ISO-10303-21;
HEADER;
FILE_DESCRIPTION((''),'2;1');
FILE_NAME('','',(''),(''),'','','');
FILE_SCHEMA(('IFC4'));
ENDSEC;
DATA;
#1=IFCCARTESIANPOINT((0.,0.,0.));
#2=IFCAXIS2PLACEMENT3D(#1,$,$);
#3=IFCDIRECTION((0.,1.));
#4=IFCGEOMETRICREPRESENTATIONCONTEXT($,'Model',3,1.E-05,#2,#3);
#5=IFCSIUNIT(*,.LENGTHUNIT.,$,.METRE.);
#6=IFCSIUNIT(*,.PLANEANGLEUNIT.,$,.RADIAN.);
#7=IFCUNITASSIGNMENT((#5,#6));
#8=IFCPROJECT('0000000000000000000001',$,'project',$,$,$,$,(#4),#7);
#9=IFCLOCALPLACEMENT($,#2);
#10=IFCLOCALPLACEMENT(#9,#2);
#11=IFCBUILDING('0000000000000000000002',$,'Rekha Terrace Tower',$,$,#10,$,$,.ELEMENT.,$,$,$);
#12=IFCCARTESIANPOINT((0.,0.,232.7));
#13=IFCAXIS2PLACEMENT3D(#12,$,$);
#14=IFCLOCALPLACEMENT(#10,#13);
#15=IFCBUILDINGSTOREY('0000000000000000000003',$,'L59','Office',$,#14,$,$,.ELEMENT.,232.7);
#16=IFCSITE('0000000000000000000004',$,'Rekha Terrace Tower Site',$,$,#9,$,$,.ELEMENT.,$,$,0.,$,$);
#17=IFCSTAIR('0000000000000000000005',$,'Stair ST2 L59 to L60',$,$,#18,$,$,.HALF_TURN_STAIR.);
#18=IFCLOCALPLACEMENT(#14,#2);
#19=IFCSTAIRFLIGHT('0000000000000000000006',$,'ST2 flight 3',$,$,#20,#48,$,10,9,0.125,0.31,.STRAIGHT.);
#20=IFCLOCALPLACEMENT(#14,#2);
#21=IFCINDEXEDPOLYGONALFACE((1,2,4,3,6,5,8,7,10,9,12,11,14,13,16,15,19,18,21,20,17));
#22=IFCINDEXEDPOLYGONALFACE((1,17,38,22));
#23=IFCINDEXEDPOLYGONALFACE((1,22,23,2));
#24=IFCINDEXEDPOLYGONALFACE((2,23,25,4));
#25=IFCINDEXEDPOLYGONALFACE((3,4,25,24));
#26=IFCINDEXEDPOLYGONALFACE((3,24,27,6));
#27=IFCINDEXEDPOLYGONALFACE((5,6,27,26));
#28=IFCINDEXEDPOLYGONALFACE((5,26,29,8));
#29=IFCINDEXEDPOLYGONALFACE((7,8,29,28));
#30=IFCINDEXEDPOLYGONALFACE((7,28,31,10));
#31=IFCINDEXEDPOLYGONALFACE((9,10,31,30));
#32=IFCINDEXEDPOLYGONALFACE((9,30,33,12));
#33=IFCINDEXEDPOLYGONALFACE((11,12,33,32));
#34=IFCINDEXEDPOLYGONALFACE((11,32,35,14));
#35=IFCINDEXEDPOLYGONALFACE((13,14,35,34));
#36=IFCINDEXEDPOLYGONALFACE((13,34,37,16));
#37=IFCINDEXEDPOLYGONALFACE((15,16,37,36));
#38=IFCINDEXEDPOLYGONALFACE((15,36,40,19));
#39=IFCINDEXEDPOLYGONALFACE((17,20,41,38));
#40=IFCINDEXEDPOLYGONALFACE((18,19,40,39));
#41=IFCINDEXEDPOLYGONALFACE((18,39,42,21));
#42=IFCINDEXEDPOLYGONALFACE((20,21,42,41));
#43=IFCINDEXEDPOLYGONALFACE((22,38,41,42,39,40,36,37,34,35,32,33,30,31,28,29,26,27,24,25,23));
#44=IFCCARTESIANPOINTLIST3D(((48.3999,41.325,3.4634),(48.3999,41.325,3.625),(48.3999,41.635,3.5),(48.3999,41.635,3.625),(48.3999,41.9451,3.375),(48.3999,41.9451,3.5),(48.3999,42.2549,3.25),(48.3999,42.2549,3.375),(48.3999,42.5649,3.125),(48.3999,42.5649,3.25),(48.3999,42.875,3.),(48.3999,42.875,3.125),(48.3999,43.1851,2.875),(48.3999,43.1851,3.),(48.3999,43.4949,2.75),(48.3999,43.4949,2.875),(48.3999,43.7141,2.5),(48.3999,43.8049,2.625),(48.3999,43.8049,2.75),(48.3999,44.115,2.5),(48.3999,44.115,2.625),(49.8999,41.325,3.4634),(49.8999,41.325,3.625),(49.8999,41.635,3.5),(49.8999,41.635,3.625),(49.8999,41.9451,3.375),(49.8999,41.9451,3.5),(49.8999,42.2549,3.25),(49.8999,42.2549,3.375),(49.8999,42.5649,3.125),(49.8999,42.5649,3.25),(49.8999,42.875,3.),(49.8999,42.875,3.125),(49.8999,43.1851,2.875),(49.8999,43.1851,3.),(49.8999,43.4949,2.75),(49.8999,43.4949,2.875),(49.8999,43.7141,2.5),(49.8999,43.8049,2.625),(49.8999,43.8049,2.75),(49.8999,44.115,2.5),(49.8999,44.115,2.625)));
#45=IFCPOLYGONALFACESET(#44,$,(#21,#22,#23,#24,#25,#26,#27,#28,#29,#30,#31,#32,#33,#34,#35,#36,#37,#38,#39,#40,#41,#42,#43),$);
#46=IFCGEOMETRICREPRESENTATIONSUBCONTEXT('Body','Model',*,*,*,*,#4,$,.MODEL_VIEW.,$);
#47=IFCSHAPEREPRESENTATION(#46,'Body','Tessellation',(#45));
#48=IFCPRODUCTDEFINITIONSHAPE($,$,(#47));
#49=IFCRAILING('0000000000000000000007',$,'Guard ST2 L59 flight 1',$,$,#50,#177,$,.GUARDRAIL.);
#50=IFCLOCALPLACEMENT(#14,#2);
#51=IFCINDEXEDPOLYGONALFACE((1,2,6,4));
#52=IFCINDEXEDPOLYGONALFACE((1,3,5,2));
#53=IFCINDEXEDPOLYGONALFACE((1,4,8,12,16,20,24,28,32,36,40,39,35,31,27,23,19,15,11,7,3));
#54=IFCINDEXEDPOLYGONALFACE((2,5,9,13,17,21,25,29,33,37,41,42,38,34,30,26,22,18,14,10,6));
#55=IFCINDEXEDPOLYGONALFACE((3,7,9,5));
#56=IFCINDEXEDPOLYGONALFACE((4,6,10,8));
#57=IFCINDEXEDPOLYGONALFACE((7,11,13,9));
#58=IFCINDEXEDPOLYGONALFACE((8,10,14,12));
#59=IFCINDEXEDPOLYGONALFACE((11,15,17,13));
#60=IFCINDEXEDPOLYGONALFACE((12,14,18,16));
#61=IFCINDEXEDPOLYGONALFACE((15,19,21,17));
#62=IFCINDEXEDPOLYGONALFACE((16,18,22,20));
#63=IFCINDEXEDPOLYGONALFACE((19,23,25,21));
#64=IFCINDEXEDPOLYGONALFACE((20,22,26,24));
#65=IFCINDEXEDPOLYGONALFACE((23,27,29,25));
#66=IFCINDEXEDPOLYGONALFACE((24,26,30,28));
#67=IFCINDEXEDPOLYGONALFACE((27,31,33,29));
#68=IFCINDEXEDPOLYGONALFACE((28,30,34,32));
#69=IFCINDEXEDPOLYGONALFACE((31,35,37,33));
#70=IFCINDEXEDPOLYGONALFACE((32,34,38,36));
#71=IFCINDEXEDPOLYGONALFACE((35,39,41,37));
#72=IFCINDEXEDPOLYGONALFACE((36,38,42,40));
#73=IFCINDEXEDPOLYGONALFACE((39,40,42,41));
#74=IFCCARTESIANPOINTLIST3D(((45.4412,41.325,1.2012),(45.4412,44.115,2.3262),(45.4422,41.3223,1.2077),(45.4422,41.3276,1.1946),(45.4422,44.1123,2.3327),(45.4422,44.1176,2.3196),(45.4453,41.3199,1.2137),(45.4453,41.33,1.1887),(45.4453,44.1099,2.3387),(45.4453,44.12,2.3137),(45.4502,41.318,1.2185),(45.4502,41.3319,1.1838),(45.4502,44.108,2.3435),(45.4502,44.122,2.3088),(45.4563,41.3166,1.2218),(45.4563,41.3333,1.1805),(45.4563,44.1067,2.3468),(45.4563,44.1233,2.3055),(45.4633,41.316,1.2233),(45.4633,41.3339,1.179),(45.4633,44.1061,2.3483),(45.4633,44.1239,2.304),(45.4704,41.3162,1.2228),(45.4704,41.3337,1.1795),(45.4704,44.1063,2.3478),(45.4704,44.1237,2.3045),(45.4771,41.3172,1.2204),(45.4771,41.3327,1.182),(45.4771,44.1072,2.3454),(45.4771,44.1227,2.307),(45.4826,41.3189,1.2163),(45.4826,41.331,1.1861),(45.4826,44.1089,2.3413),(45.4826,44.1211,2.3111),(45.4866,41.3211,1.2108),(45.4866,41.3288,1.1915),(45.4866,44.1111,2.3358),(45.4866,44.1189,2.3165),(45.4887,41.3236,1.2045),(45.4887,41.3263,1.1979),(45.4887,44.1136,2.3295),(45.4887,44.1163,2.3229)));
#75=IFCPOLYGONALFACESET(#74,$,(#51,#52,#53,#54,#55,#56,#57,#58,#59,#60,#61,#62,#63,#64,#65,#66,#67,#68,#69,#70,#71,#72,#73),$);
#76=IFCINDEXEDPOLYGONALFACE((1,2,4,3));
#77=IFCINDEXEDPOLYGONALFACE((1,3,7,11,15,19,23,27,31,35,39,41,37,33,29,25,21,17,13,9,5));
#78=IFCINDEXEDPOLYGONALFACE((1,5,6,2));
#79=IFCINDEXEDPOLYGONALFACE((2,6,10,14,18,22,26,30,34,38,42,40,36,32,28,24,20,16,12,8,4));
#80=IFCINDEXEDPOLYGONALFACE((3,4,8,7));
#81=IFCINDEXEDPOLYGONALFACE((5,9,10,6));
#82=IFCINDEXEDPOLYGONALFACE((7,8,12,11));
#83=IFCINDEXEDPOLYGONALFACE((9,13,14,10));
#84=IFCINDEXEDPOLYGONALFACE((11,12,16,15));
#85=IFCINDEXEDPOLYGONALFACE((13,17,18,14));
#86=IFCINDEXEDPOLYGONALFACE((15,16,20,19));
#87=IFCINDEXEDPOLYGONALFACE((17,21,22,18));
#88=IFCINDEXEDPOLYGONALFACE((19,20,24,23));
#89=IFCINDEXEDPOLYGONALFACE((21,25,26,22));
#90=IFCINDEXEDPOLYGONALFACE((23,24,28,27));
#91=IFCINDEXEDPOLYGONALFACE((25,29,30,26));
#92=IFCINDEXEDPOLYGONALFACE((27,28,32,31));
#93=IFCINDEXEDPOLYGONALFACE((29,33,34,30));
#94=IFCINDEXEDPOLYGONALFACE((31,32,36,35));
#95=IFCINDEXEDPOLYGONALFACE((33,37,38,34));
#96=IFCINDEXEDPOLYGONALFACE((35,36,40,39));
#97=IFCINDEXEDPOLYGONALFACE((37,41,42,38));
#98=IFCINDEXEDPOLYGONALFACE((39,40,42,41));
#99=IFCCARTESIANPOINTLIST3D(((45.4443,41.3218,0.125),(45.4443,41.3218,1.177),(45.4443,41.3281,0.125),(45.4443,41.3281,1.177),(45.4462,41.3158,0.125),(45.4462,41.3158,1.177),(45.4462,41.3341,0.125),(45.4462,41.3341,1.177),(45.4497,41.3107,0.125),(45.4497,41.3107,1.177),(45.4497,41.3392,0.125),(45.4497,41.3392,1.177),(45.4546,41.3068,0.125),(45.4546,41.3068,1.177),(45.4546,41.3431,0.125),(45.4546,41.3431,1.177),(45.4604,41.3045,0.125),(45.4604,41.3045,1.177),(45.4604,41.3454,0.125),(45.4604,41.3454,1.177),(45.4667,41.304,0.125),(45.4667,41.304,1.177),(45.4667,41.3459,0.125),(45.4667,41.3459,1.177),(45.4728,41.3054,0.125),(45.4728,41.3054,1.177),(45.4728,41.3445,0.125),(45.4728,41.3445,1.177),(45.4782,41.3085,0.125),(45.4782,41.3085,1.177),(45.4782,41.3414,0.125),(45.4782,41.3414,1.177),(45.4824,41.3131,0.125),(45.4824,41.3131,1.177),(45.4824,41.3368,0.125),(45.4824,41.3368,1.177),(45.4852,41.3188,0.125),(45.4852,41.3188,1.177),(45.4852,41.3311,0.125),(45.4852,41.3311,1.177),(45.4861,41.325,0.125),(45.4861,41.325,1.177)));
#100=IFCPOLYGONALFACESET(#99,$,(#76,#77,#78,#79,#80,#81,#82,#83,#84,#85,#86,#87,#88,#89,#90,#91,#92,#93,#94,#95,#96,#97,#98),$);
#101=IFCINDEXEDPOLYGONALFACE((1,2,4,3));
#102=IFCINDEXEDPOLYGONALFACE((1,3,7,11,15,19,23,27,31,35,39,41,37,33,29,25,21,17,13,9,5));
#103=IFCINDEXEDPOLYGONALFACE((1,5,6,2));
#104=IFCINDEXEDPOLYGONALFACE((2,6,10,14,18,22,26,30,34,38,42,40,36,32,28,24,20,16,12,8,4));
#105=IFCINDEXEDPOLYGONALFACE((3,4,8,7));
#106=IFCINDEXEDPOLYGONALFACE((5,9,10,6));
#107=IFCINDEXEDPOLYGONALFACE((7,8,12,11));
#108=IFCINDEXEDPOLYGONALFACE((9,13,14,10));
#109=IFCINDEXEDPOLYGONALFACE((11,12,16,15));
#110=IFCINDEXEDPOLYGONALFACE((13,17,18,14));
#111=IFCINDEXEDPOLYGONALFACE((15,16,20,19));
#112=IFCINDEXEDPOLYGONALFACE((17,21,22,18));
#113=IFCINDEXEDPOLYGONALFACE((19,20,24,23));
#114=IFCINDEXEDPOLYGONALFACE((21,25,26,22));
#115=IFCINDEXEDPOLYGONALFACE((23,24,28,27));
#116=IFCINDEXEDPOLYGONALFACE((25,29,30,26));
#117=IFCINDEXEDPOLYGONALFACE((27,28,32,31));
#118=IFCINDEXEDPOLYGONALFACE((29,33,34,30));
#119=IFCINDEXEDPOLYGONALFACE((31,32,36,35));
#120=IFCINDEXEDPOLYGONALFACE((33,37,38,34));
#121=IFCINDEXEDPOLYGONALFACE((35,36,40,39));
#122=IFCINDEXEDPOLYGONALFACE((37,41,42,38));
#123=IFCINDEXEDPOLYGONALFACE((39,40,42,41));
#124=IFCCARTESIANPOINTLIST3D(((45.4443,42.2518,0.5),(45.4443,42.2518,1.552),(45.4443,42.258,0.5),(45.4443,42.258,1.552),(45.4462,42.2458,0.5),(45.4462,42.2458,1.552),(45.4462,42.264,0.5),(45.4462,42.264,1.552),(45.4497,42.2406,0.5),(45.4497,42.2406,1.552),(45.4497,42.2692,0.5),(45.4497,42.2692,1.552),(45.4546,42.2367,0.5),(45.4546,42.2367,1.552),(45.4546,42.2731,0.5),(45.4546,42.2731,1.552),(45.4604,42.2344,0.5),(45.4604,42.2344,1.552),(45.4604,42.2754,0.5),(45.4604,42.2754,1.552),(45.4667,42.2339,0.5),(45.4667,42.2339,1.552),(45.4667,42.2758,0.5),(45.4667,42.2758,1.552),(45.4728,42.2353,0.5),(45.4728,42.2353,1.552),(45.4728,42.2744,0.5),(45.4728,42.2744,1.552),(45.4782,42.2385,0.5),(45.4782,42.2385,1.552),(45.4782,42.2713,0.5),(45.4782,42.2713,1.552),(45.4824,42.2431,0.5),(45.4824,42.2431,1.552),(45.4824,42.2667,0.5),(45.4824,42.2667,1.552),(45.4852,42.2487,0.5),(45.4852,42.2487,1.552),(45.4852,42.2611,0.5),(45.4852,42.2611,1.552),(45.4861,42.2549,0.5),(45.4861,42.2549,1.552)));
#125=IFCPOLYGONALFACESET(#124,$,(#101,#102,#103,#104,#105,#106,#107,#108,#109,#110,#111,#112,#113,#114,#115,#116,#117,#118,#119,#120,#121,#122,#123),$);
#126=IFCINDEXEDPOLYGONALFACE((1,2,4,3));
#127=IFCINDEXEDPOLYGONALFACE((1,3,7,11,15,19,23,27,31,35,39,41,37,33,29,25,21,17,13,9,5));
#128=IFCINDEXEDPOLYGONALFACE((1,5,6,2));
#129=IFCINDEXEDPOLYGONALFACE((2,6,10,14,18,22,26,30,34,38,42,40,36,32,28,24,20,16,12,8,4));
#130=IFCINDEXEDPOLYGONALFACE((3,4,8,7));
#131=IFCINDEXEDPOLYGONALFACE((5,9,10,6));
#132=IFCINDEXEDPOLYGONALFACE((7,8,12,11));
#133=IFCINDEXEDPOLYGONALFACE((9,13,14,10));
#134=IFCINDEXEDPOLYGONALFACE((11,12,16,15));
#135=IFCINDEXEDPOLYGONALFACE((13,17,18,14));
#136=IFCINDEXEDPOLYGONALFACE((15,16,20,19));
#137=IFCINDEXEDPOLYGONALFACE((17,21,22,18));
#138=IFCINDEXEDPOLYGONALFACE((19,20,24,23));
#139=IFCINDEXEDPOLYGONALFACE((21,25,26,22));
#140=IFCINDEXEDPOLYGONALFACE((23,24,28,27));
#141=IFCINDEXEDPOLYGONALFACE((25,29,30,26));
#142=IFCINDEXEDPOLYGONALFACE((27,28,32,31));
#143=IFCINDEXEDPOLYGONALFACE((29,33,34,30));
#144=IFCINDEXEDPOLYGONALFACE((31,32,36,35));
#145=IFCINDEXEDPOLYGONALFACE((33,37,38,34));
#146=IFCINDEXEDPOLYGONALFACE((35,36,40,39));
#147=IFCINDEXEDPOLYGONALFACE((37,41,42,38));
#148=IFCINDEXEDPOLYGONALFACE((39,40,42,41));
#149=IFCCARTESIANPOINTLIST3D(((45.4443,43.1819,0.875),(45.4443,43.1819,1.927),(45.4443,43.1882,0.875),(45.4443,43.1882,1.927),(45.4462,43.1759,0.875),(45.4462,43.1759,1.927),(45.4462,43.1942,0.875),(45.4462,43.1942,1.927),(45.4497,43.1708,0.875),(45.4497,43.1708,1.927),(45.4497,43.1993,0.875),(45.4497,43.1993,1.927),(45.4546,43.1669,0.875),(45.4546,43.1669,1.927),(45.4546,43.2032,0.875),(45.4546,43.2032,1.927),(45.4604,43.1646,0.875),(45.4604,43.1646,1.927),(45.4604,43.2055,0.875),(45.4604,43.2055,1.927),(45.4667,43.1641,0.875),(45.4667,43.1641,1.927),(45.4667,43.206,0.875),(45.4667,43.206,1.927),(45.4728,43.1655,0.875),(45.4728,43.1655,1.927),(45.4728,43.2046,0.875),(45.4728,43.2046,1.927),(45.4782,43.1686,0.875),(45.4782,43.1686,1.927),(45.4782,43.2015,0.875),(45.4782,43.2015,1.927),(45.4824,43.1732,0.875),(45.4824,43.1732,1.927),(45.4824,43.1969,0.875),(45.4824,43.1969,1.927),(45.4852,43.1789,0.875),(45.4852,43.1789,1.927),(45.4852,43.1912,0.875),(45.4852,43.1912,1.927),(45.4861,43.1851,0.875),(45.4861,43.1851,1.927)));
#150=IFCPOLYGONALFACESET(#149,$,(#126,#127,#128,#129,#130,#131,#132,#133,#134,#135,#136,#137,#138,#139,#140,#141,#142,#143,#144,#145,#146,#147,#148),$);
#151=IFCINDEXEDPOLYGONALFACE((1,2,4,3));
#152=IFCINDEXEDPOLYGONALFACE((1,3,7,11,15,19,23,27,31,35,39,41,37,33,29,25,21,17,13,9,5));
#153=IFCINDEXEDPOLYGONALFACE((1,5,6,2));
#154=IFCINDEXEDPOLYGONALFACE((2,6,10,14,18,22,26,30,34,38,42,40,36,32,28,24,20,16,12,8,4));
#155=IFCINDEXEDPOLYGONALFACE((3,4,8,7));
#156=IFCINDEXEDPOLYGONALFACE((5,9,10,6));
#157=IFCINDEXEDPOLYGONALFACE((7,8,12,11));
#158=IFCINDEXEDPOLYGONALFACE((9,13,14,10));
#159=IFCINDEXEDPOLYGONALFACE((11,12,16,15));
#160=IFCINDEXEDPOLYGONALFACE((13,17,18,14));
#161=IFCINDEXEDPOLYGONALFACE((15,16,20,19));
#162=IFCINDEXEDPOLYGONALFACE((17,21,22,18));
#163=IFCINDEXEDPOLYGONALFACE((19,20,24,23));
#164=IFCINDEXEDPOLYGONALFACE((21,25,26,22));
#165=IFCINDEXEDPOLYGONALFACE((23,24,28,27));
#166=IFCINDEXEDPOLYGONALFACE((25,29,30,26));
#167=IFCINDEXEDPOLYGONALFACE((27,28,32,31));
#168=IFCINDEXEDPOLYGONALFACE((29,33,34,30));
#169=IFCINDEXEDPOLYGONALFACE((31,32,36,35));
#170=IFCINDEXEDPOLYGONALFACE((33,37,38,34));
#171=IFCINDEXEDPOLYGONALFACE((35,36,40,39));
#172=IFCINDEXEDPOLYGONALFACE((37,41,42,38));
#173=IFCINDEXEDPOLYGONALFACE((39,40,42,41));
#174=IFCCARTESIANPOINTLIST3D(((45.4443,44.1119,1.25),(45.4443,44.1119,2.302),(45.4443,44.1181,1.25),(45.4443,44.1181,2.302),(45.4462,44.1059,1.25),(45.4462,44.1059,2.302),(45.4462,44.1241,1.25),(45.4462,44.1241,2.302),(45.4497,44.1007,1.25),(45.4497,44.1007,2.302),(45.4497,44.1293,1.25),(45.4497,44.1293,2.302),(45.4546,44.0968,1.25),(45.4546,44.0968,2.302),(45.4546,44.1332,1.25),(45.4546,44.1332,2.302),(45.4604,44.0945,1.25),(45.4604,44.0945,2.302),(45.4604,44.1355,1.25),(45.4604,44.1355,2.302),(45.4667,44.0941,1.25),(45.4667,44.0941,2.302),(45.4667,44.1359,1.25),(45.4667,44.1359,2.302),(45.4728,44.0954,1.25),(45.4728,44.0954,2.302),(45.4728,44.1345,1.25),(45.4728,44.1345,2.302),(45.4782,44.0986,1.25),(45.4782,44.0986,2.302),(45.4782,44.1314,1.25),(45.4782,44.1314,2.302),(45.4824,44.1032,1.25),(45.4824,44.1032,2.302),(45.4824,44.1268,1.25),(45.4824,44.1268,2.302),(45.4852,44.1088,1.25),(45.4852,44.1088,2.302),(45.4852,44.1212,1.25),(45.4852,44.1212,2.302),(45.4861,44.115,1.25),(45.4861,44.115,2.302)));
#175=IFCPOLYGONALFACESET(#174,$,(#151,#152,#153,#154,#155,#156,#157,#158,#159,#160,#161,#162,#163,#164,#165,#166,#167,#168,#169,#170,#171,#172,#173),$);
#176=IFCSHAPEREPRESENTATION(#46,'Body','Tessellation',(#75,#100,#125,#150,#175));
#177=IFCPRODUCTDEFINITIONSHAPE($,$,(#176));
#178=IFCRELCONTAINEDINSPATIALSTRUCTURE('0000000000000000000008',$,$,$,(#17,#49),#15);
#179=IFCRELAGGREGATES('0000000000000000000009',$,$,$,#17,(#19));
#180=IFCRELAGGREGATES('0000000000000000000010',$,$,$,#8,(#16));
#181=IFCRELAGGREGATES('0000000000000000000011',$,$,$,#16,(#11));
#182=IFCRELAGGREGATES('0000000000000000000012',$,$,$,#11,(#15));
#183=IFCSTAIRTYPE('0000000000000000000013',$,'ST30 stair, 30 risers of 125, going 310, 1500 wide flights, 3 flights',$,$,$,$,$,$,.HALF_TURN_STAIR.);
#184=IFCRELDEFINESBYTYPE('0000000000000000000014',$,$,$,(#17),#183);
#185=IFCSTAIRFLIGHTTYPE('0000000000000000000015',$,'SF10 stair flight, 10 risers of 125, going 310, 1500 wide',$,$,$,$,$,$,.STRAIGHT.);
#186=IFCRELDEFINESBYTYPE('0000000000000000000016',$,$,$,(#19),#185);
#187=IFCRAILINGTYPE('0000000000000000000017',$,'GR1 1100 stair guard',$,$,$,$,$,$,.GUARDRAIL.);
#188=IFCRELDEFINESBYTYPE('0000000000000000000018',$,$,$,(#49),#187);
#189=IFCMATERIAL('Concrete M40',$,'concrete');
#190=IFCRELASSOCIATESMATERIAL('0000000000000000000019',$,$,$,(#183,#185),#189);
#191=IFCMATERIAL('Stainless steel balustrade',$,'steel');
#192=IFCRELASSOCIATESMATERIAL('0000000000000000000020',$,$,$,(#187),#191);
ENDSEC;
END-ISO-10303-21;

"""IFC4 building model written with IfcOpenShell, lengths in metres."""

from ifc_helpers import new_model, si_unit, direction, frame, origin, origin_2d, place, context, subcontext, project, spatial, polyline, circle, outline, extrude, material, type_object, element, aggregate, save


model = new_model("IFC4")

# Units and contexts
model_context = context("Model", 3, precision=1e-05, world=origin(), true_north=direction((0.0, 1.0)))
body_context = subcontext(model_context, "Body", "Model", "MODEL_VIEW")
ifc_project = project(units=[si_unit("LENGTHUNIT", "METRE"), si_unit("PLANEANGLEUNIT", "RADIAN")], contexts=[model_context])

# Site, building, storey
site_placement = place(None, origin())
site = spatial("IfcSite", under=ifc_project, at=site_placement, Name="Rekha Terrace Tower Site", CompositionType="ELEMENT", RefElevation=0.0)
building_placement = place(site_placement, origin())
building = spatial("IfcBuilding", under=site, at=building_placement, Name="Rekha Terrace Tower", CompositionType="ELEMENT")
storey_placement = place(building_placement, frame((0.0, 0.0, 232.7)))
storey = spatial("IfcBuildingStorey", under=building, at=storey_placement, Name="L59", Description="Office", CompositionType="ELEMENT", Elevation=232.7)

# Stair, stair flight
ifc_material_1 = material(Name="Concrete M40", Category="concrete")
stair_type = type_object("IfcStairType", Name="ST30 stair, 30 risers of 125, going 310, 1500 wide flights, 3 flights", PredefinedType="HALF_TURN_STAIR", material=ifc_material_1)
stair_placement = place(storey_placement, origin())
stair = element("IfcStair", 1, at=stair_placement, inside=storey, type_object=stair_type, Name="Stair ST2 L59 to L60", PredefinedType="HALF_TURN_STAIR")
stair_flight_type = type_object("IfcStairFlightType", Name="SF10 stair flight, 10 risers of 125, going 310, 1500 wide", PredefinedType="STRAIGHT", material=ifc_material_1)
stair_flight_1_placement = place(storey_placement, frame((49.1499, 44.115, 2.5), z_axis=(0.0, 0.0, 1.0), x_axis=(0.0, -1.0, 0.0)))
stair_flight_1 = element("IfcStairFlight", 2, at=stair_flight_1_placement, type_object=stair_flight_type, Name="ST2 flight 3", NumberOfRisers=10, NumberOfTreads=9, PredefinedType="STRAIGHT", RiserHeight=0.125, TreadLength=0.31, context=body_context, shape_type="SweptSolid", body=[
    extrude(outline(polyline([(0.0, 0.0), (0.0, 0.125), (0.3101, 0.125), (0.3101, 0.25), (0.6201, 0.25), (0.6201, 0.375), (0.9299, 0.375), (0.9299, 0.5), (1.24, 0.5), (1.24, 0.625), (1.55, 0.625), (1.55, 0.75), (1.8601, 0.75), (1.8601, 0.875), (2.1699, 0.875), (2.1699, 1.0), (2.48, 1.0), (2.48, 1.125), (2.79, 1.125), (2.79, 1.25), (2.79, 0.9634), (0.4009, 0.0), (0.0, 0.0)])), frame((0.0, 0.75, 0.0), z_axis=(0.0, -1.0, 0.0), x_axis=(1.0, 0.0, 0.0)), (0.0, 0.0, 1.0), 1.5),
])
aggregate(stair, [stair_flight_1])

# Railing
ifc_material_2 = material(Name="Stainless steel balustrade", Category="steel")
railing_type_1 = type_object("IfcRailingType", Name="GR1 1100 stair guard", PredefinedType="GUARDRAIL", material=ifc_material_2)
railing_1_placement = place(storey_placement, frame((45.4651, 41.325, 0.125)))
element("IfcRailing", 3, at=railing_1_placement, inside=storey, type_object=railing_type_1, Name="Guard ST2 L59 flight 1", PredefinedType="GUARDRAIL", context=body_context, shape_type="SweptSolid", body=[
    extrude(circle(Radius=0.0239, at=origin_2d()), frame((0.0, 0.0, 1.0762), z_axis=(0.0, 0.927443, 0.373964), x_axis=(-1.0, 0.0, 0.0)), (0.0, 0.0, 1.0), 3.0083),
    extrude(circle(Radius=0.021, at=origin_2d()), origin(), (0.0, 0.0, 1.0), 1.052),
    extrude(circle(Radius=0.021, at=origin_2d()), frame((0.0, 0.9299, 0.375)), (0.0, 0.0, 1.0), 1.052),
    extrude(circle(Radius=0.021, at=origin_2d()), frame((0.0, 1.8601, 0.75)), (0.0, 0.0, 1.0), 1.052),
    extrude(circle(Radius=0.021, at=origin_2d()), frame((0.0, 2.79, 1.125)), (0.0, 0.0, 1.0), 1.052),
])

save(model, "model.ifc")
